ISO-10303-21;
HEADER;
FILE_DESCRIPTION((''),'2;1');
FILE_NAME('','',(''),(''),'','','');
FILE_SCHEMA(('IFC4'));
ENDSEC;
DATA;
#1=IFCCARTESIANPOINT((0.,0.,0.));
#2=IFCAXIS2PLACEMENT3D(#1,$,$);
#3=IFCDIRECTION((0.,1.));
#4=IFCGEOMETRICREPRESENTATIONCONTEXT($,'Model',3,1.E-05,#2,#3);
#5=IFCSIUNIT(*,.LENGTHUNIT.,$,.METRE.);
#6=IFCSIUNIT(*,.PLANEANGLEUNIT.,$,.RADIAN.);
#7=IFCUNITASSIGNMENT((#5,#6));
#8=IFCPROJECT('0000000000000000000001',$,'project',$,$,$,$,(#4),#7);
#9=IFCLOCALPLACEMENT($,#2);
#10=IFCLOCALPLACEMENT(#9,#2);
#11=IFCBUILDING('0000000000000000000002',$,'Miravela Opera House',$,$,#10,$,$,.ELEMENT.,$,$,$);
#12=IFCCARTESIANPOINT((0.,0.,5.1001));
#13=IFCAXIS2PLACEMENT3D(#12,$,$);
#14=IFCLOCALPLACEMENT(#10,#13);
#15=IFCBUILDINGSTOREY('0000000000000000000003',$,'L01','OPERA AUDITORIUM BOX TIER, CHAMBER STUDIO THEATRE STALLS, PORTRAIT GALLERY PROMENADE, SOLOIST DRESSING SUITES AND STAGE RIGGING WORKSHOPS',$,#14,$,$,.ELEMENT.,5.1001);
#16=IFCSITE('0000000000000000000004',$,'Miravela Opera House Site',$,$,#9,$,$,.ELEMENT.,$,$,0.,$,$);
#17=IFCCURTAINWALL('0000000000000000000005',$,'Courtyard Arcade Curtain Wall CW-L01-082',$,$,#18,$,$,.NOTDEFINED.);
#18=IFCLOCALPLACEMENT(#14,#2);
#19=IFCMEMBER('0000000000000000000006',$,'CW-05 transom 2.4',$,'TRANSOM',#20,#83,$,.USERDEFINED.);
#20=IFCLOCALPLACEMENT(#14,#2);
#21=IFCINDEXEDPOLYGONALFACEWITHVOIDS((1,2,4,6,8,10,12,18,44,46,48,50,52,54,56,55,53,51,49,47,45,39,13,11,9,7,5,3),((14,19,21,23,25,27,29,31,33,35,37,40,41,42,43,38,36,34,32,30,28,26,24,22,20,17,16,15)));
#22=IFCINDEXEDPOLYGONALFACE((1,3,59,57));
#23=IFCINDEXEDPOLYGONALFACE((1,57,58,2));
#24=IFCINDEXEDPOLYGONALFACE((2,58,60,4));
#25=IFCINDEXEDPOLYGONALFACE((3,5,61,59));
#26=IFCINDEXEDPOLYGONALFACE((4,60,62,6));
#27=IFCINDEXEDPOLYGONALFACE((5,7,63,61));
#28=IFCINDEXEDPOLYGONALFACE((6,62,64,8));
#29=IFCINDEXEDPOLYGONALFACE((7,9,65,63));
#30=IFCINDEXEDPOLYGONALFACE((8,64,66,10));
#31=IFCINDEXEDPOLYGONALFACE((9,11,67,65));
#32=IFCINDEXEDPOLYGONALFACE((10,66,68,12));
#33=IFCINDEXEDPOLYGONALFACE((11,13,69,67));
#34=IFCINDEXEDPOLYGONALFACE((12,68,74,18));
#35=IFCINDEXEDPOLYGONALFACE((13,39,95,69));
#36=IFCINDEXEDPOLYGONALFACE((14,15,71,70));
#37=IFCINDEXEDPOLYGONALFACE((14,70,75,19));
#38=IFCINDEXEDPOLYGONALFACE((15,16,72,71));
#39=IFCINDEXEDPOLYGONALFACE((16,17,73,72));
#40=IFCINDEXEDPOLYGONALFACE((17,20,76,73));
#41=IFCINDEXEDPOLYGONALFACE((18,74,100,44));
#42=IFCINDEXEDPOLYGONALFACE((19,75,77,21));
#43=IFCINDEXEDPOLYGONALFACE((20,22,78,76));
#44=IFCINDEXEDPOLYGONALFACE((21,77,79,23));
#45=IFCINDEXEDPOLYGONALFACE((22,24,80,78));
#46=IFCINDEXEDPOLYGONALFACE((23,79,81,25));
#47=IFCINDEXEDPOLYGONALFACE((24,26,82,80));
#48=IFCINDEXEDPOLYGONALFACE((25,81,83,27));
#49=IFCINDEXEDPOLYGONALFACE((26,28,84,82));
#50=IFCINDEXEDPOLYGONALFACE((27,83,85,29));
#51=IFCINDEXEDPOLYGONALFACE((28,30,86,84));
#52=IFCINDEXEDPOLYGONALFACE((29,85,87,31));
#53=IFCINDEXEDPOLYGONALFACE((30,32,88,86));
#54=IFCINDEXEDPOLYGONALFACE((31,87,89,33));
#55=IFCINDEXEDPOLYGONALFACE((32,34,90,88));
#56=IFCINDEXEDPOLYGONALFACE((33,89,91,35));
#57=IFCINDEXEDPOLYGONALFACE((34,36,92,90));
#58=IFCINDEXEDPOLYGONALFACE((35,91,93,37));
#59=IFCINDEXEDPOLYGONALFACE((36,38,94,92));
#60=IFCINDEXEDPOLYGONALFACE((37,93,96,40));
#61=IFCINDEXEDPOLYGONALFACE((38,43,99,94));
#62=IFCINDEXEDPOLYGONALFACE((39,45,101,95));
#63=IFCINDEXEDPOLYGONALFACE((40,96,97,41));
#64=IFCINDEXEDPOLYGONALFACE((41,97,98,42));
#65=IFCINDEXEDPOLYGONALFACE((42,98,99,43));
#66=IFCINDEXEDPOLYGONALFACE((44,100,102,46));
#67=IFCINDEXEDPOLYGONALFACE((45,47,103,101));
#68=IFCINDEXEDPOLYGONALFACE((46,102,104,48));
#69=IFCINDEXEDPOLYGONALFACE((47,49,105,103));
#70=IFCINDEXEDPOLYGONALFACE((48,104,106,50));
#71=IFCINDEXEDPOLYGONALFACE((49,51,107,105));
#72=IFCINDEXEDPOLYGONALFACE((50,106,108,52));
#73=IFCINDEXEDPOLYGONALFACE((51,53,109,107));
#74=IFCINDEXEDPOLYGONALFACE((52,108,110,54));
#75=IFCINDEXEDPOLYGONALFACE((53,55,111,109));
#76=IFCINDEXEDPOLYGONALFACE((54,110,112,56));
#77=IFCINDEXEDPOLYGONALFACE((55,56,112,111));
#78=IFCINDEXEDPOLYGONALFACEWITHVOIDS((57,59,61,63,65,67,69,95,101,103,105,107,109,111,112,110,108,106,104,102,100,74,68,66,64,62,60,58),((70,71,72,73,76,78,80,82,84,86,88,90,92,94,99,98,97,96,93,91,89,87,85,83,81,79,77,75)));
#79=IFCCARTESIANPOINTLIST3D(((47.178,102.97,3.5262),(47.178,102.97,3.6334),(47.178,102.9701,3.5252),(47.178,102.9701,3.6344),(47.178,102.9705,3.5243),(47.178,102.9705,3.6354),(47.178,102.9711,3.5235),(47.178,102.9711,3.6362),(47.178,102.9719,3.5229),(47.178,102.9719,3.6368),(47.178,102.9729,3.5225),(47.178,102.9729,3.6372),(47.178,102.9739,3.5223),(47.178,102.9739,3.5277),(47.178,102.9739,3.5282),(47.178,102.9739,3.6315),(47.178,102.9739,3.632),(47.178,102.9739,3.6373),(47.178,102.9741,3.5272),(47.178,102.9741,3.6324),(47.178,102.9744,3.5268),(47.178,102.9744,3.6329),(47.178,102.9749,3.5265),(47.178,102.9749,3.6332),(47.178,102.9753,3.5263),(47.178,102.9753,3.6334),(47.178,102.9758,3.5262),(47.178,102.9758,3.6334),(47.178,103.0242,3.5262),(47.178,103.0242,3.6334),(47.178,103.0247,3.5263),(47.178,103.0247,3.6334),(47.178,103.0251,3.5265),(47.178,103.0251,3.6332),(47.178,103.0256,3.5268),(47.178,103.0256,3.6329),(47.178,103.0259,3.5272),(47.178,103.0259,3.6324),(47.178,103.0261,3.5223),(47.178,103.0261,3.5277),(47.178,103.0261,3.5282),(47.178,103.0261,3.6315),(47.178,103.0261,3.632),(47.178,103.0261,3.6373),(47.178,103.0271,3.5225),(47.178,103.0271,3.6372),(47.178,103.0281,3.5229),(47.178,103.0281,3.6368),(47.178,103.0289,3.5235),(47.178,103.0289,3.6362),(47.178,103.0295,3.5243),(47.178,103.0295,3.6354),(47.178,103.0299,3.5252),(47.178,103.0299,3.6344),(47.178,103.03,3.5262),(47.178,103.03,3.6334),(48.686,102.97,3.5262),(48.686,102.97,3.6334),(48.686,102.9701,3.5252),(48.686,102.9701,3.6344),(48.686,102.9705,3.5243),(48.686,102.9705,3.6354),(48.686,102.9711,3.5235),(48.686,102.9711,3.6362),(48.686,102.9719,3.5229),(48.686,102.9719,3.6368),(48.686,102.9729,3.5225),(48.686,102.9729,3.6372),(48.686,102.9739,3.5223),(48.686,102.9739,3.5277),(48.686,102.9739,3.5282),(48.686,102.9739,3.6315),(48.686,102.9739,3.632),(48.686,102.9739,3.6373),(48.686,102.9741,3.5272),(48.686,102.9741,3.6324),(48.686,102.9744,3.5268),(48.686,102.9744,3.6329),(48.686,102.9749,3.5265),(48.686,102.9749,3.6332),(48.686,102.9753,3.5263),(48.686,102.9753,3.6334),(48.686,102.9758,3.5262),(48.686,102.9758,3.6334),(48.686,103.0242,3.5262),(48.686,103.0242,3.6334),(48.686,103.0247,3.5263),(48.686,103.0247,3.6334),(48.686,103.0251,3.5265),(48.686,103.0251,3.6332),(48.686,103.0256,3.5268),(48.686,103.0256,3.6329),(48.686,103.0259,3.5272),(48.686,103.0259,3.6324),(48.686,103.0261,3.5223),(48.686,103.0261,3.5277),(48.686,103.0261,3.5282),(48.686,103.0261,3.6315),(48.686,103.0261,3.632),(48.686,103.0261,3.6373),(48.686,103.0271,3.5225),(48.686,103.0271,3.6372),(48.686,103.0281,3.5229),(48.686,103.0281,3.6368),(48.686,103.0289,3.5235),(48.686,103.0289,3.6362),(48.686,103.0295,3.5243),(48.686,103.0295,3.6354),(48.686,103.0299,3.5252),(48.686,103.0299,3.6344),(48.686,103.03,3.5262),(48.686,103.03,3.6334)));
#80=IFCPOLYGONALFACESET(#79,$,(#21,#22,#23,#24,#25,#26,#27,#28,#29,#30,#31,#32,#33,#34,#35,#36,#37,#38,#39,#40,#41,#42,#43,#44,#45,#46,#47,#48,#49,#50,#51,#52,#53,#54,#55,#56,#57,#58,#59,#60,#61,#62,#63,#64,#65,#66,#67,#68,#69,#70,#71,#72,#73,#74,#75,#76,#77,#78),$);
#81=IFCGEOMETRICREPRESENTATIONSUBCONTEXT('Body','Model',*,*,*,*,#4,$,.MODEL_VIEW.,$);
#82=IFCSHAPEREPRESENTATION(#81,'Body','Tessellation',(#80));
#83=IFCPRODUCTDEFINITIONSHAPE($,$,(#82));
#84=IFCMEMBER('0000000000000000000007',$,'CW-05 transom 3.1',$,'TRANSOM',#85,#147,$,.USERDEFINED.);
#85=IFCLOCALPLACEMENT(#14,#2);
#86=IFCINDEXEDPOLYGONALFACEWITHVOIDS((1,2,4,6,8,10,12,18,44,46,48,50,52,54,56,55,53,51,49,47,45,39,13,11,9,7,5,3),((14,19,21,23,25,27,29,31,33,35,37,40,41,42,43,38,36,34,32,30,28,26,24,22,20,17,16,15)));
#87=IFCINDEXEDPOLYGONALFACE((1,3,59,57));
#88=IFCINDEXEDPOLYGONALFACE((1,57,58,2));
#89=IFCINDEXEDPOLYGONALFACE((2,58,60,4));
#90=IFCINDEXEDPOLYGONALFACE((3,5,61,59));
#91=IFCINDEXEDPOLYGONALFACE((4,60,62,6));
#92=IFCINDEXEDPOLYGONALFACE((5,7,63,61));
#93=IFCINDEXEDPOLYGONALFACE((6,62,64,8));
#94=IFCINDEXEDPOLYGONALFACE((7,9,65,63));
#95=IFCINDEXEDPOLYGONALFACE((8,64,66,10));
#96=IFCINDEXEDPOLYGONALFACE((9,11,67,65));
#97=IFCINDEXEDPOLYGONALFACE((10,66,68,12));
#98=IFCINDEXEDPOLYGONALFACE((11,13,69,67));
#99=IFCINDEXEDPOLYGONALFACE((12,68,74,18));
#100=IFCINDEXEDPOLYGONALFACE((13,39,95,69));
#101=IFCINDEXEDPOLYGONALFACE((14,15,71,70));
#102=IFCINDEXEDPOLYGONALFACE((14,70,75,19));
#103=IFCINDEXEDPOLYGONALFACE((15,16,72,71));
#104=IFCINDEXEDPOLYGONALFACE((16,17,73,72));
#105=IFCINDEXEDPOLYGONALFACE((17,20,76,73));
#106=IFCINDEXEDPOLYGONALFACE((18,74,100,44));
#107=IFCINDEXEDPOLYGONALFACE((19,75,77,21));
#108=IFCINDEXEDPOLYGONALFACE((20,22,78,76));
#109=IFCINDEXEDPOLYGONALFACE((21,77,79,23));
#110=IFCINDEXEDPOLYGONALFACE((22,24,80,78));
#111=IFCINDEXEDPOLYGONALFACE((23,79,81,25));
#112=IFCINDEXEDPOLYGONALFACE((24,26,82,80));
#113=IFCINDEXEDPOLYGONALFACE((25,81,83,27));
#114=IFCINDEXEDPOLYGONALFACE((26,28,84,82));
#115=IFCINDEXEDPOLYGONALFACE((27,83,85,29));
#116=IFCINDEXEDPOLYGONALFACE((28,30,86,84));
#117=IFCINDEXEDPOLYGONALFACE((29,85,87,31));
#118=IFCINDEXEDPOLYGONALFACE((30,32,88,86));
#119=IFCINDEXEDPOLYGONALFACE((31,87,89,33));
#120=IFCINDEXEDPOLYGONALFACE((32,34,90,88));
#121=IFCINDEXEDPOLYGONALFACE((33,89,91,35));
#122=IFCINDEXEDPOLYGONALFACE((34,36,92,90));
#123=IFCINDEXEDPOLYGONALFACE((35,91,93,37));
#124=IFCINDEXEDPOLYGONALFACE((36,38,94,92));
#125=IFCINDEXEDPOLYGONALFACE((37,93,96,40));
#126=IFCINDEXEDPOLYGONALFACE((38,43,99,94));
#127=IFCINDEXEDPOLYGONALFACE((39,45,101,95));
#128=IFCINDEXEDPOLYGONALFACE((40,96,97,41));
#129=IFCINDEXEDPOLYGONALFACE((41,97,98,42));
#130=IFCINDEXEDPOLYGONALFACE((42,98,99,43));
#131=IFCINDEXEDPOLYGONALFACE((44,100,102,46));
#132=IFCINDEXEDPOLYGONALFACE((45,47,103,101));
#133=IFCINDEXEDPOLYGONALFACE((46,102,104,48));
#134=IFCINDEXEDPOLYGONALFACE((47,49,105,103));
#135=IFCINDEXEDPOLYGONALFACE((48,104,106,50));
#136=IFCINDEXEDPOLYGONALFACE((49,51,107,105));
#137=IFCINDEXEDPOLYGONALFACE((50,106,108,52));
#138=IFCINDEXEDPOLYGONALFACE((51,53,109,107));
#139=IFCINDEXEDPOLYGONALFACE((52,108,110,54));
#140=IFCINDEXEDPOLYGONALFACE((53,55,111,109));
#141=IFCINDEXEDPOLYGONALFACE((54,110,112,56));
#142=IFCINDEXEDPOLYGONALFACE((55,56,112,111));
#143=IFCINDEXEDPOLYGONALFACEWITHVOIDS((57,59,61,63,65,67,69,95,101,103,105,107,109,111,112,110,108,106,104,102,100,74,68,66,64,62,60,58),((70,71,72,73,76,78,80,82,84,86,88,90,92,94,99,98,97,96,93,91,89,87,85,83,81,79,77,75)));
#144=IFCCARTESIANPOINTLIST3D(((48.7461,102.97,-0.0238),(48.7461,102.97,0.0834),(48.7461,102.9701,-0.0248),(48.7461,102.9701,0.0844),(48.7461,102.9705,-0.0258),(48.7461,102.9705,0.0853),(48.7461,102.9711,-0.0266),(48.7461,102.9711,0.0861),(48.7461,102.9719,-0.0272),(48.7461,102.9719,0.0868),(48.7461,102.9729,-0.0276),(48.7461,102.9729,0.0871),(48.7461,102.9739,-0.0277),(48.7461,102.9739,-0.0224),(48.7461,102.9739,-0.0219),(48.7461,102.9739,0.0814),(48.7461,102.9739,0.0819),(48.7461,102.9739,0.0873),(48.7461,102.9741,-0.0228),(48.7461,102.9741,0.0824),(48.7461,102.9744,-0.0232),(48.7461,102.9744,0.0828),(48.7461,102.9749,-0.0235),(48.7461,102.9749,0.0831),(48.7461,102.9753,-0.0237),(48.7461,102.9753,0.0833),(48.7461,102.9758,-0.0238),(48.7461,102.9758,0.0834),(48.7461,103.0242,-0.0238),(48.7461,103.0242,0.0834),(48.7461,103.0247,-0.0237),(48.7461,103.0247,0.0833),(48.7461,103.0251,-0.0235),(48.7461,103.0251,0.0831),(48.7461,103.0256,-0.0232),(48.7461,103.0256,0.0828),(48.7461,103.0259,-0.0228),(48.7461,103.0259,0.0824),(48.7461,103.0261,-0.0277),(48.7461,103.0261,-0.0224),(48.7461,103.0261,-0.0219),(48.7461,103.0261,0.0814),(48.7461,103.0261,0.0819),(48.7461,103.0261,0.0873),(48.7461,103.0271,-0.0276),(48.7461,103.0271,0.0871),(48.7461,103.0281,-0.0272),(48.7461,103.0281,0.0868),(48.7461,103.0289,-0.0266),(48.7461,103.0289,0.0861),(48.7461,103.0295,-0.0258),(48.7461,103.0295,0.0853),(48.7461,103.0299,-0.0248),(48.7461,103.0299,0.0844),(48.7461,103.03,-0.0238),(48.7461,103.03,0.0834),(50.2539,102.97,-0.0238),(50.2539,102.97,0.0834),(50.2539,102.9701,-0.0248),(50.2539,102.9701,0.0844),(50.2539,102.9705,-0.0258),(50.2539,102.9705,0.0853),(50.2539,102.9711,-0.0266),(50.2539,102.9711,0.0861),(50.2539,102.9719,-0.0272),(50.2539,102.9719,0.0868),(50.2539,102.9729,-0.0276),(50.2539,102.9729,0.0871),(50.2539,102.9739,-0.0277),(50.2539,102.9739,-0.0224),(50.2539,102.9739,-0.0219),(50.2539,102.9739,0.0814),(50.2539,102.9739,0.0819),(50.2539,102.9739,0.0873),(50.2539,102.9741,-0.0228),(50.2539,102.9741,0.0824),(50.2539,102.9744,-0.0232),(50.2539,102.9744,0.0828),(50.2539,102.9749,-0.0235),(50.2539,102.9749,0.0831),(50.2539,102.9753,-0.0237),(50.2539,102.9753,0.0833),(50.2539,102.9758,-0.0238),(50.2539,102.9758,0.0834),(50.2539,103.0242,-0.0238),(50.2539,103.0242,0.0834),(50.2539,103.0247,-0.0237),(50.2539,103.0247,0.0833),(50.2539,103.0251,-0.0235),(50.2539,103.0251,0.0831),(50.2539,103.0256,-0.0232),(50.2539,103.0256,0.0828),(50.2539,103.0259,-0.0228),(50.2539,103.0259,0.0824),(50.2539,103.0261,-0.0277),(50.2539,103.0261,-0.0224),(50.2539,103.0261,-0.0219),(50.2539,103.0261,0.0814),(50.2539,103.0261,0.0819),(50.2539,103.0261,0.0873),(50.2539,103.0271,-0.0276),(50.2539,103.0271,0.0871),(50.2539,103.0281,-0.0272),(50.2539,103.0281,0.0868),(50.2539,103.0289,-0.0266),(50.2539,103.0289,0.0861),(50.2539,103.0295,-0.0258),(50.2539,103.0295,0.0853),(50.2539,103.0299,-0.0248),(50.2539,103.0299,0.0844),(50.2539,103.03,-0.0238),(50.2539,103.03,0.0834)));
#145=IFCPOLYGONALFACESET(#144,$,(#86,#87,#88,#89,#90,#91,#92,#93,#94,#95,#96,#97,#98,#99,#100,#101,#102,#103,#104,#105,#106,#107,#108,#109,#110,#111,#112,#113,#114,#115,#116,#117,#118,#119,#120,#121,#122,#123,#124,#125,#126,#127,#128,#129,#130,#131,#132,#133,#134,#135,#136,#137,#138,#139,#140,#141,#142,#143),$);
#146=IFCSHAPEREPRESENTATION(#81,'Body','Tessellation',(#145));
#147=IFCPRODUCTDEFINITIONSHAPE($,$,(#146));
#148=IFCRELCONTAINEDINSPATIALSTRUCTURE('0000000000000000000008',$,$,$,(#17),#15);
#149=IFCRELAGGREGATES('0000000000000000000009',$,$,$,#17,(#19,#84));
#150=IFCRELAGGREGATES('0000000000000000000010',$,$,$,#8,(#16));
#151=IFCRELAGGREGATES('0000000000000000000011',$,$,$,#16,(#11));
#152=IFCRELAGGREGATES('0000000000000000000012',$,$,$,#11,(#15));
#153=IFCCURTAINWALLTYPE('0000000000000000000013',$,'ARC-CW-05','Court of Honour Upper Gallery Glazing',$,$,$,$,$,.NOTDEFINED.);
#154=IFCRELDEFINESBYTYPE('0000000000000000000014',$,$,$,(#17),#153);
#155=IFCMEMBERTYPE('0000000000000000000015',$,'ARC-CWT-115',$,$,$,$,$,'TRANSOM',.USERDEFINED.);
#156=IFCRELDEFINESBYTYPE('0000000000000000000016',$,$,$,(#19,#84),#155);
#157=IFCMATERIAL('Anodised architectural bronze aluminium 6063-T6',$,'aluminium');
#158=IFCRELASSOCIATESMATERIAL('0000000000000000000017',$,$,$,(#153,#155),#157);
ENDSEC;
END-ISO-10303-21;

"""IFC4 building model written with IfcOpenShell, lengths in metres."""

from ifc_helpers import new_model, si_unit, direction, frame, origin, origin_2d, place, context, subcontext, project, spatial, hollow_rectangle, extrude, material, material_profile, profile_set, type_object, element, aggregate, save


model = new_model("IFC4")

# Units and contexts
model_context = context("Model", 3, precision=1e-05, world=origin(), true_north=direction((0.0, 1.0)))
body_context = subcontext(model_context, "Body", "Model", "MODEL_VIEW")
ifc_project = project(units=[si_unit("LENGTHUNIT", "METRE"), si_unit("PLANEANGLEUNIT", "RADIAN")], contexts=[model_context])

# Site, building, storey
site_placement = place(None, origin())
site = spatial("IfcSite", under=ifc_project, at=site_placement, Name="Miravela Opera House Site", CompositionType="ELEMENT", RefElevation=0.0)
building_placement = place(site_placement, origin())
building = spatial("IfcBuilding", under=site, at=building_placement, Name="Miravela Opera House", CompositionType="ELEMENT")
storey_placement = place(building_placement, frame((0.0, 0.0, 5.1001)))
storey = spatial("IfcBuildingStorey", under=building, at=storey_placement, Name="L01", Description="OPERA AUDITORIUM BOX TIER, CHAMBER STUDIO THEATRE STALLS, PORTRAIT GALLERY PROMENADE, SOLOIST DRESSING SUITES AND STAGE RIGGING WORKSHOPS", CompositionType="ELEMENT", Elevation=5.1001)

# Curtain wall, members
ifc_material_1 = material(Name="Anodised architectural bronze aluminium 6063-T6", Category="aluminium")
curtain_wall_type = type_object("IfcCurtainWallType", Name="ARC-CW-05", Description="Court of Honour Upper Gallery Glazing", PredefinedType="NOTDEFINED", material=ifc_material_1)
curtain_wall_placement = place(storey_placement, origin())
curtain_wall = element("IfcCurtainWall", 1, at=curtain_wall_placement, inside=storey, type_object=curtain_wall_type, Name="Courtyard Arcade Curtain Wall CW-L01-082", PredefinedType="NOTDEFINED")
ifc_material_profile_1 = material_profile(ifc_material_1, hollow_rectangle(XDim=0.0601, YDim=0.115, WallThickness=0.0039, InnerFilletRadius=0.002, OuterFilletRadius=0.0039, at=origin_2d()), Name="CWT-60X115")
ifc_profile_set_1 = profile_set([ifc_material_profile_1])
member_type_1 = type_object("IfcMemberType", Name="ARC-CWT-115", ElementType="TRANSOM", PredefinedType="USERDEFINED", material=ifc_profile_set_1)
member_1_placement = place(storey_placement, frame((47.178, 103.0, 3.5798), z_axis=(1.0, 0.0, 0.0), x_axis=(0.0, 1.0, 0.0)))
member_1 = element("IfcMember", 2, at=member_1_placement, type_object=member_type_1, Name="CW-05 transom 2.4", ObjectType="TRANSOM", PredefinedType="USERDEFINED", context=body_context, shape_type="SweptSolid", body=[
    extrude(hollow_rectangle(XDim=0.0601, YDim=0.115, WallThickness=0.0039, InnerFilletRadius=0.002, OuterFilletRadius=0.0039, at=origin_2d()), origin(), (0.0, 0.0, 1.0), 1.5081),
])
member_2_placement = place(storey_placement, frame((48.7461, 103.0, 0.0298), z_axis=(1.0, 0.0, 0.0), x_axis=(0.0, 1.0, 0.0)))
member_2 = element("IfcMember", 3, at=member_2_placement, type_object=member_type_1, Name="CW-05 transom 3.1", ObjectType="TRANSOM", PredefinedType="USERDEFINED", context=body_context, shape_type="SweptSolid", body=[
    extrude(hollow_rectangle(XDim=0.0601, YDim=0.115, WallThickness=0.0039, InnerFilletRadius=0.002, OuterFilletRadius=0.0039, at=origin_2d()), origin(), (0.0, 0.0, 1.0), 1.5078),
])

aggregate(curtain_wall, [member_1, member_2])

save(model, "model.ifc")
